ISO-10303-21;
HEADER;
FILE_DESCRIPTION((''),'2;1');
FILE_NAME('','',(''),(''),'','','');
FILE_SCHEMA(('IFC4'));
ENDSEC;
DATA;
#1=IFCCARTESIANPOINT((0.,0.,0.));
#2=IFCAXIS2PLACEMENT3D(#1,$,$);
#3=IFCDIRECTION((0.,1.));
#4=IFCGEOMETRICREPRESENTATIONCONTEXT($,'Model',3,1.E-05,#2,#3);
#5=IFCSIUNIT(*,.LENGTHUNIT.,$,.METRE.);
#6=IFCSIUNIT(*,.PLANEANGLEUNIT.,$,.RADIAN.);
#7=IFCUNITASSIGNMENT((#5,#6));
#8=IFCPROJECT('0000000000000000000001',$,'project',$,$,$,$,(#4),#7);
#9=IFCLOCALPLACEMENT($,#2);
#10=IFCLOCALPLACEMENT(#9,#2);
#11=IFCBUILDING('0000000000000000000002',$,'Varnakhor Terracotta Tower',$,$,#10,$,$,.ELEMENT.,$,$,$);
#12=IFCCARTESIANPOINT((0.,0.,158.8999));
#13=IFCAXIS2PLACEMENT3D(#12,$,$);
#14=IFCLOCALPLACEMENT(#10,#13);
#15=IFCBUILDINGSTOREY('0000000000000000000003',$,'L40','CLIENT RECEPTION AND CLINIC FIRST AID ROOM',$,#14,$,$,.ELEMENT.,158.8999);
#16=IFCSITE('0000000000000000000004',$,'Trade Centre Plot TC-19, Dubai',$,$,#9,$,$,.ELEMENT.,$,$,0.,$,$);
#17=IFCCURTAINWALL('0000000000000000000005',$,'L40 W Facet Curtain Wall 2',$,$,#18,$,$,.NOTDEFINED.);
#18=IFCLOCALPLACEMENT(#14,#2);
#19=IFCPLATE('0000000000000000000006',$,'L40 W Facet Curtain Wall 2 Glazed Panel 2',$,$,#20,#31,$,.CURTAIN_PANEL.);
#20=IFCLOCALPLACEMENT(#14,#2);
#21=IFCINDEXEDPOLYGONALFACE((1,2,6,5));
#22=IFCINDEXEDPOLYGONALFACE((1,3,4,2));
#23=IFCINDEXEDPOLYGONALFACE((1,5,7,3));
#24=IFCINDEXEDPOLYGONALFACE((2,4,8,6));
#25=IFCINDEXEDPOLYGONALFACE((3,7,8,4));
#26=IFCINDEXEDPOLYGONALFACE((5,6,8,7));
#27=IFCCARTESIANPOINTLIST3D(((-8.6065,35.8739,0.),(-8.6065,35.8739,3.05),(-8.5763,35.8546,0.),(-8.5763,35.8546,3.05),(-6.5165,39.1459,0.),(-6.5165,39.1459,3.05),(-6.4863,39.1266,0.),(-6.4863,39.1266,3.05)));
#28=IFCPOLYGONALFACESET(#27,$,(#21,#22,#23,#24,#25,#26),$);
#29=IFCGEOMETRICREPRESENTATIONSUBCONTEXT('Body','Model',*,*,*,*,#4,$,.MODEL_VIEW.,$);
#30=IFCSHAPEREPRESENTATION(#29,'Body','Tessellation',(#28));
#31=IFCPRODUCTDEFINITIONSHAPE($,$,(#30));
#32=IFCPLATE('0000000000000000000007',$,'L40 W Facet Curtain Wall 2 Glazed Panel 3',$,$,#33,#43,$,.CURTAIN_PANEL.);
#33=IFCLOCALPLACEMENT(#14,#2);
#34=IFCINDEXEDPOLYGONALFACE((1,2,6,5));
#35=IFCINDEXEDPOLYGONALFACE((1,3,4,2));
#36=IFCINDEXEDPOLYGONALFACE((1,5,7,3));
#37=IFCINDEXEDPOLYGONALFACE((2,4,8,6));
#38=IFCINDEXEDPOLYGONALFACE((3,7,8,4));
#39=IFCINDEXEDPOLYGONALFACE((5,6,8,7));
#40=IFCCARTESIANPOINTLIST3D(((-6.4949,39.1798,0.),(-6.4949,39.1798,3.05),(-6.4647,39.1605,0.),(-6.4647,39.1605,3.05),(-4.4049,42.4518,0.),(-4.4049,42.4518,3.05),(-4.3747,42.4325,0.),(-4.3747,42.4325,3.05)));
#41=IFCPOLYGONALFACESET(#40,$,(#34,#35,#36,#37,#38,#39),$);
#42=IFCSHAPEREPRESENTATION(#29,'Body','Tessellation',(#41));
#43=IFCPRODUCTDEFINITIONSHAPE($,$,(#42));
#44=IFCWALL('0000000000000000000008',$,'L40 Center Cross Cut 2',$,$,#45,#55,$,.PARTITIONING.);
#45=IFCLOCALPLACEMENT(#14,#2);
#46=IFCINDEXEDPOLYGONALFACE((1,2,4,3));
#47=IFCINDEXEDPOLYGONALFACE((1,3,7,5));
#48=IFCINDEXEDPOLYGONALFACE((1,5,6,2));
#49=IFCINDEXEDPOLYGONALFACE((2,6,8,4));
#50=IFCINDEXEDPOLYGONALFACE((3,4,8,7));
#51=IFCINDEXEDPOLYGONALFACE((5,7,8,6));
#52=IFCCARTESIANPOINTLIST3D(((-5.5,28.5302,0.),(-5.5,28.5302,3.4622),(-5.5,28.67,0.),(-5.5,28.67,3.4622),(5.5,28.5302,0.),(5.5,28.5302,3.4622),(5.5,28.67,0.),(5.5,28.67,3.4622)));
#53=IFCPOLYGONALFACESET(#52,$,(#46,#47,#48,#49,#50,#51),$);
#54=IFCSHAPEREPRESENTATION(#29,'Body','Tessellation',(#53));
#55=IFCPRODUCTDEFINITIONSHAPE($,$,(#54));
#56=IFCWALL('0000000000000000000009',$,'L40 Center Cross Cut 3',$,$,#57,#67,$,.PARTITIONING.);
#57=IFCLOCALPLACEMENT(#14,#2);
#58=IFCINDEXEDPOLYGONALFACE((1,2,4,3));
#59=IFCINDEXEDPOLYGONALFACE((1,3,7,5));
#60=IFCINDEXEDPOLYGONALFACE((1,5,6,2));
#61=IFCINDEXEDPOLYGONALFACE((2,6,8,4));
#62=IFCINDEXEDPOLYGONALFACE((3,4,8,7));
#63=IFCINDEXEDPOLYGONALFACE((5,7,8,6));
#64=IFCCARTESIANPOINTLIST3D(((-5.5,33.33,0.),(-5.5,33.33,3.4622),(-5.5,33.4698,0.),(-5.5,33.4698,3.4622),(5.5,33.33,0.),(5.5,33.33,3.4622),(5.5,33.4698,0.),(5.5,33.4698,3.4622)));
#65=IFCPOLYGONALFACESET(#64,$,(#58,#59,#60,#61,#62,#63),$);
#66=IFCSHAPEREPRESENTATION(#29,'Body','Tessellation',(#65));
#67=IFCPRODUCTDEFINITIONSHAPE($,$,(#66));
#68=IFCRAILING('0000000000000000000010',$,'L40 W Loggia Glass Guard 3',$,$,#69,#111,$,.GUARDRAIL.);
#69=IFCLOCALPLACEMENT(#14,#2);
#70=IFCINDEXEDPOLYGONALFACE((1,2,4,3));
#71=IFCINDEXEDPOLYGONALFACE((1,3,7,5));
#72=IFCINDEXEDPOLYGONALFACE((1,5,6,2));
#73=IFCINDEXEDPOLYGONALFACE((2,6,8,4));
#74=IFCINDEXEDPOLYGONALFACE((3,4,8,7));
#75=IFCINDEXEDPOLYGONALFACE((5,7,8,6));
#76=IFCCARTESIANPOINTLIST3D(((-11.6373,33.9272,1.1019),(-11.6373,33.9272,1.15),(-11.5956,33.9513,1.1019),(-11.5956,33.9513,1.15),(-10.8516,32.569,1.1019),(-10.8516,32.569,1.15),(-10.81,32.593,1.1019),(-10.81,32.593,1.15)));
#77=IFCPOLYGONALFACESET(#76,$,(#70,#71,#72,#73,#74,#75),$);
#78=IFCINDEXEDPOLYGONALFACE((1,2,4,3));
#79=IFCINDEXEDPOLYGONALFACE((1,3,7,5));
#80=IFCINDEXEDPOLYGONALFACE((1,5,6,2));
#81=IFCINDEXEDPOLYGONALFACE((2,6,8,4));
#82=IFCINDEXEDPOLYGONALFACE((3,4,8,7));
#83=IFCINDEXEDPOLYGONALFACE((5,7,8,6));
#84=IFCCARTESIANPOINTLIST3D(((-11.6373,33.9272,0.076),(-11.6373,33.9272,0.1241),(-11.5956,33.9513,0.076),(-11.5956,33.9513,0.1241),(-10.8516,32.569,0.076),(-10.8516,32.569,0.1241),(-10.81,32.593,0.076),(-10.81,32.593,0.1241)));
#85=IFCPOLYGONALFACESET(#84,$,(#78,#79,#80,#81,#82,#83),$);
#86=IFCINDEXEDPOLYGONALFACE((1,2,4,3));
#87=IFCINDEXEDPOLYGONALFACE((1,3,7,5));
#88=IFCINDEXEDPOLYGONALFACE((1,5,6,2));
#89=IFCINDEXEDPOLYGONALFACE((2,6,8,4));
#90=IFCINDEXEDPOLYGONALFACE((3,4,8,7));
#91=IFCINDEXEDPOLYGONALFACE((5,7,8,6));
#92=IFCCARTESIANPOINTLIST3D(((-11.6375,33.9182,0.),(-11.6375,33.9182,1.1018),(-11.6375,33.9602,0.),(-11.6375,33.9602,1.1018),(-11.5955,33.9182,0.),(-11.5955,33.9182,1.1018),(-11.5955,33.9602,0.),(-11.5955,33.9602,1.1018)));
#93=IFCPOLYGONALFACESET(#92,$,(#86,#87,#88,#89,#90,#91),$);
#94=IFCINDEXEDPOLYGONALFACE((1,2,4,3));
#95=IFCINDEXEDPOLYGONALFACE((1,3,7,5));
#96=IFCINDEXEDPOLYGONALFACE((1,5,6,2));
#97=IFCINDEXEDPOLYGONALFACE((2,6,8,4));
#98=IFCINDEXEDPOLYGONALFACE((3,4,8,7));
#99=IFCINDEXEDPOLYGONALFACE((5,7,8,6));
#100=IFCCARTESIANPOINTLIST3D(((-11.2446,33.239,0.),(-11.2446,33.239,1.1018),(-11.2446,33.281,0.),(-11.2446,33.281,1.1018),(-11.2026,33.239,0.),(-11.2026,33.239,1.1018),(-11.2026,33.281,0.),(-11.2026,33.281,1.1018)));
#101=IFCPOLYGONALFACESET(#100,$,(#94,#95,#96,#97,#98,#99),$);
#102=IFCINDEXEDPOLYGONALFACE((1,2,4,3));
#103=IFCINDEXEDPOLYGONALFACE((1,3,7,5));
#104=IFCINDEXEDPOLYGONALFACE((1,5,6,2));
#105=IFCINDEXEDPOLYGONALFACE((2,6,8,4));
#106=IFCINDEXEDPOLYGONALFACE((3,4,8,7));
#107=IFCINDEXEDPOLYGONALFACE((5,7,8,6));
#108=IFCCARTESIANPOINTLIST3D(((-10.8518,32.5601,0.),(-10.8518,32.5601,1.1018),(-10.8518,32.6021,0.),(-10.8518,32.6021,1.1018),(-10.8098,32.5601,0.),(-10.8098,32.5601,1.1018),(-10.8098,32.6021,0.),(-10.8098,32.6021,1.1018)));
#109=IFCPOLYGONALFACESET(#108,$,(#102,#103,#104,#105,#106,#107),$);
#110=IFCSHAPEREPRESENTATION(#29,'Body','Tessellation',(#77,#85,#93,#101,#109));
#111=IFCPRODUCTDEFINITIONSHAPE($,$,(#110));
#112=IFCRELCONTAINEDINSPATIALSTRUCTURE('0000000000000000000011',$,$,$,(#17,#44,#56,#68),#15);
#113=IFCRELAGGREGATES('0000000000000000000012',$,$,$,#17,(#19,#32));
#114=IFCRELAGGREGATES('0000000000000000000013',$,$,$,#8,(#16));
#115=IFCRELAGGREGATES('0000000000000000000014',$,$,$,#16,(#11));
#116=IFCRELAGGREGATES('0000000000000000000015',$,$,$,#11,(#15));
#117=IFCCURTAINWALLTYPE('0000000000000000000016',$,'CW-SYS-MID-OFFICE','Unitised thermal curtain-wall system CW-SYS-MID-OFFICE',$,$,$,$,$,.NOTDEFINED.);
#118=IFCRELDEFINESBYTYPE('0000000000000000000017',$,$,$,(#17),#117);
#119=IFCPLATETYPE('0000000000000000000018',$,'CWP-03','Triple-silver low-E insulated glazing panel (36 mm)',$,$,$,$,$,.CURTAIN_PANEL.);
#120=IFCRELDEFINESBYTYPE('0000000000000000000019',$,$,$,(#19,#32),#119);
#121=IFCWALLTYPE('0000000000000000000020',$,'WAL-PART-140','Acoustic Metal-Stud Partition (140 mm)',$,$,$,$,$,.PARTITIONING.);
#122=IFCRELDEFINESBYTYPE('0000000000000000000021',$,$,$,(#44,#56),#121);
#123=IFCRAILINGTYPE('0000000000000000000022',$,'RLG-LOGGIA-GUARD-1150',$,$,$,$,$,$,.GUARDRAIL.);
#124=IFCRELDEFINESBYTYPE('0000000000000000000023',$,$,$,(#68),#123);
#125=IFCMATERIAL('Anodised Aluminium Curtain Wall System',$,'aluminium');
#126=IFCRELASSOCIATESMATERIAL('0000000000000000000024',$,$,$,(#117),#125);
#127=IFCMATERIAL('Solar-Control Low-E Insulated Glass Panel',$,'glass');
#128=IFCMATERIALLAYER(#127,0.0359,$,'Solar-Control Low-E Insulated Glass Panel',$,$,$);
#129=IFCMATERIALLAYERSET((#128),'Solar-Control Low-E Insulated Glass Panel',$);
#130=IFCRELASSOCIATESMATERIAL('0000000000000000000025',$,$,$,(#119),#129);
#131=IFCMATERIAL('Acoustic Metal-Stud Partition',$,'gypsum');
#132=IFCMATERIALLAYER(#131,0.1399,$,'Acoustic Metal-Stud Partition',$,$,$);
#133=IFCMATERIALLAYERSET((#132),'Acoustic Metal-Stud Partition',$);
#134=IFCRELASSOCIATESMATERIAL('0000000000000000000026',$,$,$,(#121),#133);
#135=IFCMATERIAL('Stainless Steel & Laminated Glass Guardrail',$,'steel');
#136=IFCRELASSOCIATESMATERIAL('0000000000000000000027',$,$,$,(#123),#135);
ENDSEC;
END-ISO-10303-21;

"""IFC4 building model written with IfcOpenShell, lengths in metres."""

from ifc_helpers import new_model, si_unit, direction, frame, frame_2d, origin, origin_2d, place, context, subcontext, project, spatial, rectangle, extrude, source, transform, mapped, material, layer, layer_set, type_object, element, aggregate, save


model = new_model("IFC4")

# Units and contexts
model_context = context("Model", 3, precision=1e-05, world=origin(), true_north=direction((0.0, 1.0)))
body_context = subcontext(model_context, "Body", "Model", "MODEL_VIEW")
ifc_project = project(units=[si_unit("LENGTHUNIT", "METRE"), si_unit("PLANEANGLEUNIT", "RADIAN")], contexts=[model_context])

# Site, building, storey
site_placement = place(None, origin())
site = spatial("IfcSite", under=ifc_project, at=site_placement, Name="Trade Centre Plot TC-19, Dubai", CompositionType="ELEMENT", RefElevation=0.0)
building_placement = place(site_placement, origin())
building = spatial("IfcBuilding", under=site, at=building_placement, Name="Varnakhor Terracotta Tower", CompositionType="ELEMENT")
storey_placement = place(building_placement, frame((0.0, 0.0, 158.8999)))
storey = spatial("IfcBuildingStorey", under=building, at=storey_placement, Name="L40", Description="CLIENT RECEPTION AND CLINIC FIRST AID ROOM", CompositionType="ELEMENT", Elevation=158.8999)

# Curtain wall
ifc_material_1 = material(Name="Anodised Aluminium Curtain Wall System", Category="aluminium")
curtain_wall_type = type_object("IfcCurtainWallType", Name="CW-SYS-MID-OFFICE", Description="Unitised thermal curtain-wall system CW-SYS-MID-OFFICE", PredefinedType="NOTDEFINED", material=ifc_material_1)
curtain_wall_1_placement = place(storey_placement, origin())
curtain_wall_1 = element("IfcCurtainWall", 1, at=curtain_wall_1_placement, inside=storey, type_object=curtain_wall_type, Name="L40 W Facet Curtain Wall 2", PredefinedType="NOTDEFINED")

# Plates
ifc_material_2 = material(Name="Solar-Control Low-E Insulated Glass Panel", Category="glass")
ifc_layer_1 = layer(ifc_material_2, 0.0359, Name="Solar-Control Low-E Insulated Glass Panel")
ifc_layer_set_1 = layer_set([ifc_layer_1], Name="Solar-Control Low-E Insulated Glass Panel")
plate_type = type_object("IfcPlateType", Name="CWP-03", Description="Triple-silver low-E insulated glazing panel (36 mm)", PredefinedType="CURTAIN_PANEL", material=ifc_layer_set_1)
shared_shape_1 = source(origin(), body_context, "Body", "SweptSolid", [
    extrude(rectangle(XDim=3.8826, YDim=0.0359, at=origin_2d()), origin(), (0.0, 0.0, 1.0), 3.05),
])
plate_1_placement = place(storey_placement, frame((-7.5464, 37.5002, 0.0), z_axis=(0.0, 0.0, 1.0), x_axis=(0.5383, 0.842753, 0.0)))
plate_1 = element("IfcPlate", 2, at=plate_1_placement, type_object=plate_type, Name="L40 W Facet Curtain Wall 2 Glazed Panel 2", PredefinedType="CURTAIN_PANEL", context=body_context, shape_type="MappedRepresentation", body=[
    mapped(shared_shape_1, transform((0.0, 0.0, 0.0), scale=1.0)),
])
plate_2_placement = place(storey_placement, frame((-5.4348, 40.8062, 0.0), z_axis=(0.0, 0.0, 1.0), x_axis=(0.5383, 0.842753, 0.0)))
plate_2 = element("IfcPlate", 3, at=plate_2_placement, type_object=plate_type, Name="L40 W Facet Curtain Wall 2 Glazed Panel 3", PredefinedType="CURTAIN_PANEL", context=body_context, shape_type="MappedRepresentation", body=[
    mapped(shared_shape_1, transform((0.0, 0.0, 0.0), scale=1.0)),
])
aggregate(curtain_wall_1, [plate_1, plate_2])

# Walls
ifc_material_3 = material(Name="Acoustic Metal-Stud Partition", Category="gypsum")
ifc_layer_2 = layer(ifc_material_3, 0.1399, Name="Acoustic Metal-Stud Partition")
ifc_layer_set_2 = layer_set([ifc_layer_2], Name="Acoustic Metal-Stud Partition")
wall_type = type_object("IfcWallType", Name="WAL-PART-140", Description="Acoustic Metal-Stud Partition (140 mm)", PredefinedType="PARTITIONING", material=ifc_layer_set_2)
for number, where, z_axis, x_axis, name in (
    (4, (-5.5, 28.6001, 0.0), (0.0, 0.0, 1.0), (1.0, 0.0, 0.0), "L40 Center Cross Cut 2"),
    (5, (-5.5, 33.3999, 0.0), (0.0, 0.0, 1.0), (1.0, 0.0, 0.0), "L40 Center Cross Cut 3"),
):
    element("IfcWall", number, at=place(storey_placement, frame(where, z_axis=z_axis, x_axis=x_axis)), inside=storey, type_object=wall_type, Name=name, PredefinedType="PARTITIONING", context=body_context, shape_type="SweptSolid", body=[
        extrude(rectangle(XDim=11.0, YDim=0.1399, at=frame_2d((5.5, 0.0))), origin(), (0.0, 0.0, 1.0), 3.4622),
    ])

# Railing
ifc_material_4 = material(Name="Stainless Steel & Laminated Glass Guardrail", Category="steel")
railing_type = type_object("IfcRailingType", Name="RLG-LOGGIA-GUARD-1150", PredefinedType="GUARDRAIL", material=ifc_material_4)
railing_placement = place(storey_placement, frame((-11.6165, 33.9392, 0.0)))
element("IfcRailing", 6, at=railing_placement, inside=storey, type_object=railing_type, Name="L40 W Loggia Glass Guard 3", PredefinedType="GUARDRAIL", context=body_context, shape_type="SweptSolid", body=[
    extrude(rectangle(XDim=0.0481, YDim=0.0481, at=origin_2d()), frame((0.0, 0.0, 1.126), z_axis=(0.500723, -0.865607, 0.0), x_axis=(0.865607, 0.500723, 0.0)), (0.0, 0.0, 1.0), 1.5691),
    extrude(rectangle(XDim=0.0481, YDim=0.0481, at=origin_2d()), frame((0.0, 0.0, 0.1001), z_axis=(0.500723, -0.865607, 0.0), x_axis=(0.865607, 0.500723, 0.0)), (0.0, 0.0, 1.0), 1.5691),
    extrude(rectangle(XDim=0.042, YDim=0.042, at=origin_2d()), origin(), (0.0, 0.0, 1.0), 1.1018),
    extrude(rectangle(XDim=0.042, YDim=0.042, at=origin_2d()), frame((0.3928, -0.6792, 0.0)), (0.0, 0.0, 1.0), 1.1018),
    extrude(rectangle(XDim=0.042, YDim=0.042, at=origin_2d()), frame((0.7856, -1.3582, 0.0)), (0.0, 0.0, 1.0), 1.1018),
])

save(model, "model.ifc")
